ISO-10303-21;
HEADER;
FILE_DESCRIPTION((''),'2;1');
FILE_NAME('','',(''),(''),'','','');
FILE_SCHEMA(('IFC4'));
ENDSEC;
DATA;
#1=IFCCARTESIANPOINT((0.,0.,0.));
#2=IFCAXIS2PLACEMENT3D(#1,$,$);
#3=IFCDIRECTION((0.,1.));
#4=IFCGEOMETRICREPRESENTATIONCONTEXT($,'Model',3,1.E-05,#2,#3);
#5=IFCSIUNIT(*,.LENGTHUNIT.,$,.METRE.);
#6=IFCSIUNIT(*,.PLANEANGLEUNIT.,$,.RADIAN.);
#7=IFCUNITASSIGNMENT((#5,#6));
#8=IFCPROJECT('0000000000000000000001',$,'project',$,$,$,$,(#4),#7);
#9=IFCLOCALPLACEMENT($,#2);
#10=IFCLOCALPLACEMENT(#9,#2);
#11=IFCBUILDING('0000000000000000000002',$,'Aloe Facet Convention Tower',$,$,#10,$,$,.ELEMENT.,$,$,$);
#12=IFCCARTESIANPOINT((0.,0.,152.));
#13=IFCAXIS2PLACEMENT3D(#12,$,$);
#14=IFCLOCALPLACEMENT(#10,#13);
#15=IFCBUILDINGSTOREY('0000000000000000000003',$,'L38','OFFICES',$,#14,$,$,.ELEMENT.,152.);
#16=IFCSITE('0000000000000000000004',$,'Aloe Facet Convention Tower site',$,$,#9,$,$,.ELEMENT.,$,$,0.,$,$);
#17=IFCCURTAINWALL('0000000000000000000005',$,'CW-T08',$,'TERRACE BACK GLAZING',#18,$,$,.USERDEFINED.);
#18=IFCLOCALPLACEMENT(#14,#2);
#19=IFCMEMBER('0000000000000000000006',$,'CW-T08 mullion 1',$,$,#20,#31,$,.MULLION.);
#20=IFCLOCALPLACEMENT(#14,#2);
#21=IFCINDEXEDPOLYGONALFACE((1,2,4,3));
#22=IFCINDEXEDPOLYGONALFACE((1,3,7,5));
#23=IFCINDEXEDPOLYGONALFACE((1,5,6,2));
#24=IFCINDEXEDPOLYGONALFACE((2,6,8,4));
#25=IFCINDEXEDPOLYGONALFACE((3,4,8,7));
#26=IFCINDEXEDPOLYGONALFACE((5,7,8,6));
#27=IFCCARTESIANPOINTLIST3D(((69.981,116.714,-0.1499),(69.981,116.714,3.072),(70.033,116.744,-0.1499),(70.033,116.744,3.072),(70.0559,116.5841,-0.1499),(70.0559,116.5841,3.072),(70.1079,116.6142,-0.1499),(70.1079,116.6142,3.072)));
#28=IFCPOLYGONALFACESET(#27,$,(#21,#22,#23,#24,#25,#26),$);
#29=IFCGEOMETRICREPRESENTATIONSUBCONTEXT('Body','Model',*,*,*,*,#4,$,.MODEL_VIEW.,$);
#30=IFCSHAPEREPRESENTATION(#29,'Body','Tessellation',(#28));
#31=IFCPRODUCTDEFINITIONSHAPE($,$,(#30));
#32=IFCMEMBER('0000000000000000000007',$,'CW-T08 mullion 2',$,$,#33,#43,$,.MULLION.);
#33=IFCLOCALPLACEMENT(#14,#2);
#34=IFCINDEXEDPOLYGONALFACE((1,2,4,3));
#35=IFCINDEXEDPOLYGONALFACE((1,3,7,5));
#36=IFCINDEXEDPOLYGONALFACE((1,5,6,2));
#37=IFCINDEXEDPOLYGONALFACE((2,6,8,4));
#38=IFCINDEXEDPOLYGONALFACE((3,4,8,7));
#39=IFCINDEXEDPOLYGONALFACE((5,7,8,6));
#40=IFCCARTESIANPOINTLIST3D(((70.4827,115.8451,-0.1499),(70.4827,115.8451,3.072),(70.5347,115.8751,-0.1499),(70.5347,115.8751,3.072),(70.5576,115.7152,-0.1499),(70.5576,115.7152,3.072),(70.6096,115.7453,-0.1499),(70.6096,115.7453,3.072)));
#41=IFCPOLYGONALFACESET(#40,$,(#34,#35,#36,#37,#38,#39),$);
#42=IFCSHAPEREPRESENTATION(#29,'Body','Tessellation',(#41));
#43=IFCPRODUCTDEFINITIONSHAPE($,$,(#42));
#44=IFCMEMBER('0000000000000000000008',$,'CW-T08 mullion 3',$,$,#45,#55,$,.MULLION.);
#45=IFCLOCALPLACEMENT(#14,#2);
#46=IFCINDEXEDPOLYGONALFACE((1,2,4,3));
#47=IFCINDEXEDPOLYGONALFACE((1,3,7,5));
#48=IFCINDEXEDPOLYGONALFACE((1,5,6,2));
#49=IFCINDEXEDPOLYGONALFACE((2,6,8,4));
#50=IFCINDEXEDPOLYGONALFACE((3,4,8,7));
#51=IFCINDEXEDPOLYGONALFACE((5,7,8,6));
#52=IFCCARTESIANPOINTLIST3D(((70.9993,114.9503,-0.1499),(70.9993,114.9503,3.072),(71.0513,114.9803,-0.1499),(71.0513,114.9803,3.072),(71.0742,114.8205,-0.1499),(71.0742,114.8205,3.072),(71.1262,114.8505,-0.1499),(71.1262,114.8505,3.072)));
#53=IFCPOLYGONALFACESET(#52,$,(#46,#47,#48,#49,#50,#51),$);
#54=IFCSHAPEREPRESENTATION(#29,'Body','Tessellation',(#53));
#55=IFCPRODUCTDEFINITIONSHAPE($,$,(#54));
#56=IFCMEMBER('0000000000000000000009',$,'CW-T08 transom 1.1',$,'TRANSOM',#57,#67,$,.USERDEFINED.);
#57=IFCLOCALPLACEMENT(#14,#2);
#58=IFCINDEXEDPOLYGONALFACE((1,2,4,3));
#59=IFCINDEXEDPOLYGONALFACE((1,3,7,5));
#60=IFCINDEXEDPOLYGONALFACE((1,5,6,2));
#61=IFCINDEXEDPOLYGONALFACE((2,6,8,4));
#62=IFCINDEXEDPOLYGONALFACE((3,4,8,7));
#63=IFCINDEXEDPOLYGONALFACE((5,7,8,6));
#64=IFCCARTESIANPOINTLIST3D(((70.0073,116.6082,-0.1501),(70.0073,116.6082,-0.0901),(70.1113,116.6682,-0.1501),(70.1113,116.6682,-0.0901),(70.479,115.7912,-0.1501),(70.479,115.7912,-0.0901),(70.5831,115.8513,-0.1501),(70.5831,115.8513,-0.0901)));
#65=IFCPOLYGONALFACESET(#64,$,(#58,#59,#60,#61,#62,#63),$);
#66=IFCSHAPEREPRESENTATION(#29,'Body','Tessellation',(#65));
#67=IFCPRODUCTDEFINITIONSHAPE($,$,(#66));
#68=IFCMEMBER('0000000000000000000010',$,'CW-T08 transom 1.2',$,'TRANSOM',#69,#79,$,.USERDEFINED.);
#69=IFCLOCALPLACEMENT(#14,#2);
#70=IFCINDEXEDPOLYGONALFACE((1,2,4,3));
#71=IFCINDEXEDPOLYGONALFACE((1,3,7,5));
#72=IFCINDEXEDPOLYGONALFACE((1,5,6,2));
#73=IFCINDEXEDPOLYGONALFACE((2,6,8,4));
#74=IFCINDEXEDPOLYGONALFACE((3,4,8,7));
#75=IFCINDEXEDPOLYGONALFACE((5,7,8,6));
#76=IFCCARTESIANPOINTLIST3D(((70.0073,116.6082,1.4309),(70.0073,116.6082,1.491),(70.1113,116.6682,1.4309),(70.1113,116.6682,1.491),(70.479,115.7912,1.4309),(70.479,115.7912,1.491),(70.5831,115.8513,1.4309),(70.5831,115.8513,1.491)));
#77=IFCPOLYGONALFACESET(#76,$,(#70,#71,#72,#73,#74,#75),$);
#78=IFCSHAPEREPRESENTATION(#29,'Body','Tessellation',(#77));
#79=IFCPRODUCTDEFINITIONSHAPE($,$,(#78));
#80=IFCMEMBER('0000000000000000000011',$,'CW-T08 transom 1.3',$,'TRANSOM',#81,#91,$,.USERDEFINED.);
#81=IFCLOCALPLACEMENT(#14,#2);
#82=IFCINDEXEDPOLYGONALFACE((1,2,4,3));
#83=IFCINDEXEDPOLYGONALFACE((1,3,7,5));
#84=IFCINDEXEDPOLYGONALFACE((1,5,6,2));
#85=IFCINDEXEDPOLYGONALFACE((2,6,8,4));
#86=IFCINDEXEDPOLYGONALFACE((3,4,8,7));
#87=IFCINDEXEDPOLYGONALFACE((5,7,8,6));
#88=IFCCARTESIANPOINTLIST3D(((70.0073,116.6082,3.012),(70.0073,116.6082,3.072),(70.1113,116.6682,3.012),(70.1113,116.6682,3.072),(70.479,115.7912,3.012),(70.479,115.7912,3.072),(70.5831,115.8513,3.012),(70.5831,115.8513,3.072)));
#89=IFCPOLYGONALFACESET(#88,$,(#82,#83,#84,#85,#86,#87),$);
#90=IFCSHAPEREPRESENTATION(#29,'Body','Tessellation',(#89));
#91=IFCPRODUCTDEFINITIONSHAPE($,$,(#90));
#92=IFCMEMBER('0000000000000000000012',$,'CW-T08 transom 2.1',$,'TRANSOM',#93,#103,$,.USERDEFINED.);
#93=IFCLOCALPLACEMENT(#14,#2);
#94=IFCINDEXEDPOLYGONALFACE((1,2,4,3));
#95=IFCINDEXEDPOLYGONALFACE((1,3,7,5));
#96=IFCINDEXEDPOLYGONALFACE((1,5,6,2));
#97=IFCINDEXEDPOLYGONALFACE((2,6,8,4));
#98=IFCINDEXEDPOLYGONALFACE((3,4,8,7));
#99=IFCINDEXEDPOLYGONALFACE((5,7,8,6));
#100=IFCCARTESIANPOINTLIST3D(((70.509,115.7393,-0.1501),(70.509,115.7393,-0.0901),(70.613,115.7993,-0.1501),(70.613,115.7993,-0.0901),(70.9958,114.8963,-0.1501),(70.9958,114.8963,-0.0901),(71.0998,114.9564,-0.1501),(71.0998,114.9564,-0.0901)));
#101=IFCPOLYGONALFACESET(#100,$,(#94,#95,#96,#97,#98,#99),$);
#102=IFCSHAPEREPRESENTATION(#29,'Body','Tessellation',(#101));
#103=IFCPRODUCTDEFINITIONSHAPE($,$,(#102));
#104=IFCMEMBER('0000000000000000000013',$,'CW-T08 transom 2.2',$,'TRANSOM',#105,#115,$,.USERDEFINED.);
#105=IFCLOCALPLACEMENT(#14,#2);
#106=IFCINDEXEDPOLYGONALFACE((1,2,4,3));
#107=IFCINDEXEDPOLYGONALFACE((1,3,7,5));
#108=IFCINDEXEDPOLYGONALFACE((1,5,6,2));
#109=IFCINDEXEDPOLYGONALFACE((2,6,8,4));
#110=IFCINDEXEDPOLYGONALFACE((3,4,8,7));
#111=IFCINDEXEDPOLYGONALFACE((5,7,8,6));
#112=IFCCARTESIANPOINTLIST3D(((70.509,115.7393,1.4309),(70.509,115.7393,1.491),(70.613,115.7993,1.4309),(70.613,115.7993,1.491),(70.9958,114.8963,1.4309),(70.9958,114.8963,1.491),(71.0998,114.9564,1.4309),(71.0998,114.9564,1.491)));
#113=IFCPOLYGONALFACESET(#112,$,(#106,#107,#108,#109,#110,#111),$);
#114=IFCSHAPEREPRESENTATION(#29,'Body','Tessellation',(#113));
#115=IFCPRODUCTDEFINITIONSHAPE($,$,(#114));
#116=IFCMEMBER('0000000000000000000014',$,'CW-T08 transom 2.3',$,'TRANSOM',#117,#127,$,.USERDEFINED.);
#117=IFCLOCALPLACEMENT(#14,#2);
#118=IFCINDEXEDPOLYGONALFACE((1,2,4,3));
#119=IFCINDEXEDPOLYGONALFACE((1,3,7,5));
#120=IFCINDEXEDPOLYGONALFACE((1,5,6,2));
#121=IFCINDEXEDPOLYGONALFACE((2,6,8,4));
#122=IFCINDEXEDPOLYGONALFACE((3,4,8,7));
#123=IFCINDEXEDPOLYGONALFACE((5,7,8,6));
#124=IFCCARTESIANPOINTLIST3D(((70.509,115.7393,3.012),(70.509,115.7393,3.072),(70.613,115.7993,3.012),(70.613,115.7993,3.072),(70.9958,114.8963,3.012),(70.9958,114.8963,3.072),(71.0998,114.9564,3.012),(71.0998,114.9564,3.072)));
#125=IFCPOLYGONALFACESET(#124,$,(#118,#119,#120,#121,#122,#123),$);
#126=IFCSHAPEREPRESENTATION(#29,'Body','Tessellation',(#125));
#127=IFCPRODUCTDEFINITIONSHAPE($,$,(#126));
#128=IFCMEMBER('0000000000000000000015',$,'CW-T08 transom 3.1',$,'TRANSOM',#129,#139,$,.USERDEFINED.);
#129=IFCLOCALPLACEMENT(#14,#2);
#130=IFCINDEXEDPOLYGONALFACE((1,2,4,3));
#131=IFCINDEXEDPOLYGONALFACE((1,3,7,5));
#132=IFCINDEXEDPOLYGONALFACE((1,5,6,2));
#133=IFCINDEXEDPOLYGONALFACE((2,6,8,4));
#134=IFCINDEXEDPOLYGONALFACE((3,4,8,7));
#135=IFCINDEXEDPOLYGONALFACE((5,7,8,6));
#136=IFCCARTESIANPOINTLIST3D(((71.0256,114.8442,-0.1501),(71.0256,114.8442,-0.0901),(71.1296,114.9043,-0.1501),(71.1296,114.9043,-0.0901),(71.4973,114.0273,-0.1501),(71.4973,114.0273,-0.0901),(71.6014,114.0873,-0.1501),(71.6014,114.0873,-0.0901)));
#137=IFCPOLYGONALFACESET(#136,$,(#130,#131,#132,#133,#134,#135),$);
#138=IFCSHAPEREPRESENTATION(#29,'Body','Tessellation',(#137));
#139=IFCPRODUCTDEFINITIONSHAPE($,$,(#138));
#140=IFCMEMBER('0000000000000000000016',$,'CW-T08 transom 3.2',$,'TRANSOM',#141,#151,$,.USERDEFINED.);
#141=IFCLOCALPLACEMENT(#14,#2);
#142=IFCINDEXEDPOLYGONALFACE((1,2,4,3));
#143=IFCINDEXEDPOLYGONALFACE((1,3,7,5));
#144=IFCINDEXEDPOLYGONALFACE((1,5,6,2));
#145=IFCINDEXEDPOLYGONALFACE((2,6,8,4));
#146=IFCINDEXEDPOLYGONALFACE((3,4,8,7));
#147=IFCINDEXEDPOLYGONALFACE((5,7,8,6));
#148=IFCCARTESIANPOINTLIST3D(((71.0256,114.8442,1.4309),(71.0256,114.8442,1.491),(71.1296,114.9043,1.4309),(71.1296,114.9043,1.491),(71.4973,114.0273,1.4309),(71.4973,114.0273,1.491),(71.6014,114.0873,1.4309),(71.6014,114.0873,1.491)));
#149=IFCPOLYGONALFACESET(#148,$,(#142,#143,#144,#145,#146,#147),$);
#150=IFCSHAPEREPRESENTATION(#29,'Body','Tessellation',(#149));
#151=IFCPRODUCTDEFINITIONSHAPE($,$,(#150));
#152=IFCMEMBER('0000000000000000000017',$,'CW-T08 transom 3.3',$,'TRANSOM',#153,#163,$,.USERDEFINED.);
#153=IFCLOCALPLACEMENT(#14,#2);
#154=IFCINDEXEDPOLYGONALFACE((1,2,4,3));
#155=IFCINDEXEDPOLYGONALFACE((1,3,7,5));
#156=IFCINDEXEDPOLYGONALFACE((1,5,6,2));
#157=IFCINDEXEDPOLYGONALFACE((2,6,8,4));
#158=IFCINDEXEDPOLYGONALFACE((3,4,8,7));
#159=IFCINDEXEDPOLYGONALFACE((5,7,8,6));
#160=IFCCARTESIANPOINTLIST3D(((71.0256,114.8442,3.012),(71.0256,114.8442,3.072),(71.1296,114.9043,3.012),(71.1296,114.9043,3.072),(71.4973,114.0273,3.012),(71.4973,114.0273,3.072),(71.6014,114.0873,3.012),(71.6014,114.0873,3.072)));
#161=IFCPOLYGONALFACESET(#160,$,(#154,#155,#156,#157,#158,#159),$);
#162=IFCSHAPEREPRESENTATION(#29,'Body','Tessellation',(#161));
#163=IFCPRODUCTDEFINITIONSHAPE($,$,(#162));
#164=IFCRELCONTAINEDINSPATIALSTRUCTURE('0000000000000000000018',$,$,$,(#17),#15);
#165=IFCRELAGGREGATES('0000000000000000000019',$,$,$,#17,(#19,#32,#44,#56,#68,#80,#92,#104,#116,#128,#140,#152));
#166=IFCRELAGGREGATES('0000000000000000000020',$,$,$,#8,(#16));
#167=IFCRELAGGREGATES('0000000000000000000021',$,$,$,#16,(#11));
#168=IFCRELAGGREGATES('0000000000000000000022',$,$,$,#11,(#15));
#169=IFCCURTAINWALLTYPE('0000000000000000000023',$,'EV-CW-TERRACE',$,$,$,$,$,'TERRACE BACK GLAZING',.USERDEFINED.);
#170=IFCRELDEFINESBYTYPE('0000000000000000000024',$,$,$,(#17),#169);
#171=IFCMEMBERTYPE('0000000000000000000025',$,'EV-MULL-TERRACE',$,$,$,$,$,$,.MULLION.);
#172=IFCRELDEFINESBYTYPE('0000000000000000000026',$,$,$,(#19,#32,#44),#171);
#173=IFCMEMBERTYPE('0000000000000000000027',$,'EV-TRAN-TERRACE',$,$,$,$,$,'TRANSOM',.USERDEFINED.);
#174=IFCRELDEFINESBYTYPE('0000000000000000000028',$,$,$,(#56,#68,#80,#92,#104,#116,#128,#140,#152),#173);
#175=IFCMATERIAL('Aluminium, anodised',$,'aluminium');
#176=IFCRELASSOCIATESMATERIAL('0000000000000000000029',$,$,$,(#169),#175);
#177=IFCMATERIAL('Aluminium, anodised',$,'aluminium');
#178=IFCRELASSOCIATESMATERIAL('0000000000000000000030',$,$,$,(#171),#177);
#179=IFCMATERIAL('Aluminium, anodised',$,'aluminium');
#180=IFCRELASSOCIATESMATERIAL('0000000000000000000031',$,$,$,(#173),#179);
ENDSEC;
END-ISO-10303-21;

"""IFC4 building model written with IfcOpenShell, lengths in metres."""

from ifc_helpers import new_model, si_unit, direction, frame, origin, origin_2d, place, context, subcontext, project, spatial, rectangle, extrude, material, material_profile, profile_set, type_object, element, aggregate, save


model = new_model("IFC4")

# Units and contexts
model_context = context("Model", 3, precision=1e-05, world=origin(), true_north=direction((0.0, 1.0)))
body_context = subcontext(model_context, "Body", "Model", "MODEL_VIEW")
ifc_project = project(units=[si_unit("LENGTHUNIT", "METRE"), si_unit("PLANEANGLEUNIT", "RADIAN")], contexts=[model_context])

# Site, building, storey
site_placement = place(None, origin())
site = spatial("IfcSite", under=ifc_project, at=site_placement, Name="Aloe Facet Convention Tower site", CompositionType="ELEMENT", RefElevation=0.0)
building_placement = place(site_placement, origin())
building = spatial("IfcBuilding", under=site, at=building_placement, Name="Aloe Facet Convention Tower", CompositionType="ELEMENT")
storey_placement = place(building_placement, frame((0.0, 0.0, 152.0)))
storey = spatial("IfcBuildingStorey", under=building, at=storey_placement, Name="L38", Description="OFFICES", CompositionType="ELEMENT", Elevation=152.0)

# Curtain wall, members
ifc_material_1 = material(Name="Aluminium, anodised", Category="aluminium")
curtain_wall_type = type_object("IfcCurtainWallType", Name="EV-CW-TERRACE", ElementType="TERRACE BACK GLAZING", PredefinedType="USERDEFINED", material=ifc_material_1)
curtain_wall_placement = place(storey_placement, origin())
curtain_wall = element("IfcCurtainWall", 1, at=curtain_wall_placement, inside=storey, type_object=curtain_wall_type, Name="CW-T08", ObjectType="TERRACE BACK GLAZING", PredefinedType="USERDEFINED")
ifc_material_2 = material(Name="Aluminium, anodised", Category="aluminium")
ifc_material_profile_1 = material_profile(ifc_material_2, rectangle(XDim=0.0601, YDim=0.1499, at=origin_2d()), Name="AL 60x150")
ifc_profile_set_1 = profile_set([ifc_material_profile_1], Name="Aluminium, anodised")
member_type_1 = type_object("IfcMemberType", Name="EV-MULL-TERRACE", PredefinedType="MULLION", material=ifc_profile_set_1)
member_1_placement = place(storey_placement, frame((70.0444, 116.6641, -0.1499), z_axis=(0.0, 0.0, 1.0), x_axis=(0.866025, 0.5, 0.0)))
member_1 = element("IfcMember", 2, at=member_1_placement, type_object=member_type_1, Name="CW-T08 mullion 1", PredefinedType="MULLION", context=body_context, shape_type="SweptSolid", body=[
    extrude(rectangle(XDim=0.0601, YDim=0.1499, at=origin_2d()), origin(), (0.0, 0.0, 1.0), 3.2219),
])
member_2_placement = place(storey_placement, frame((70.5461, 115.7952, -0.1499), z_axis=(0.0, 0.0, 1.0), x_axis=(0.866025, 0.5, 0.0)))
member_2 = element("IfcMember", 3, at=member_2_placement, type_object=member_type_1, Name="CW-T08 mullion 2", PredefinedType="MULLION", context=body_context, shape_type="SweptSolid", body=[
    extrude(rectangle(XDim=0.0601, YDim=0.1499, at=origin_2d()), origin(), (0.0, 0.0, 1.0), 3.2219),
])
member_3_placement = place(storey_placement, frame((71.0627, 114.9004, -0.1499), z_axis=(0.0, 0.0, 1.0), x_axis=(0.866025, 0.5, 0.0)))
member_3 = element("IfcMember", 4, at=member_3_placement, type_object=member_type_1, Name="CW-T08 mullion 3", PredefinedType="MULLION", context=body_context, shape_type="SweptSolid", body=[
    extrude(rectangle(XDim=0.0601, YDim=0.1499, at=origin_2d()), origin(), (0.0, 0.0, 1.0), 3.2219),
])
ifc_material_3 = material(Name="Aluminium, anodised", Category="aluminium")
ifc_material_profile_2 = material_profile(ifc_material_3, rectangle(XDim=0.1201, YDim=0.0601, at=origin_2d()), Name="AL 120x60")
ifc_profile_set_2 = profile_set([ifc_material_profile_2], Name="Aluminium, anodised")
member_type_2 = type_object("IfcMemberType", Name="EV-TRAN-TERRACE", ElementType="TRANSOM", PredefinedType="USERDEFINED", material=ifc_profile_set_2)
member_4_placement = place(storey_placement, frame((70.0593, 116.6382, -0.1201), z_axis=(0.500036, -0.866005, 0.0), x_axis=(0.866005, 0.500036, 0.0)))
member_4 = element("IfcMember", 5, at=member_4_placement, type_object=member_type_2, Name="CW-T08 transom 1.1", ObjectType="TRANSOM", PredefinedType="USERDEFINED", context=body_context, shape_type="SweptSolid", body=[
    extrude(rectangle(XDim=0.1201, YDim=0.0601, at=origin_2d()), origin(), (0.0, 0.0, 1.0), 0.9434),
])
member_5_placement = place(storey_placement, frame((70.0593, 116.6382, 1.4609), z_axis=(0.500036, -0.866005, 0.0), x_axis=(0.866005, 0.500036, 0.0)))
member_5 = element("IfcMember", 6, at=member_5_placement, type_object=member_type_2, Name="CW-T08 transom 1.2", ObjectType="TRANSOM", PredefinedType="USERDEFINED", context=body_context, shape_type="SweptSolid", body=[
    extrude(rectangle(XDim=0.1201, YDim=0.0601, at=origin_2d()), origin(), (0.0, 0.0, 1.0), 0.9434),
])
member_6_placement = place(storey_placement, frame((70.0593, 116.6382, 3.042), z_axis=(0.500036, -0.866005, 0.0), x_axis=(0.866005, 0.500036, 0.0)))
member_6 = element("IfcMember", 7, at=member_6_placement, type_object=member_type_2, Name="CW-T08 transom 1.3", ObjectType="TRANSOM", PredefinedType="USERDEFINED", context=body_context, shape_type="SweptSolid", body=[
    extrude(rectangle(XDim=0.1201, YDim=0.0601, at=origin_2d()), origin(), (0.0, 0.0, 1.0), 0.9434),
])
member_7_placement = place(storey_placement, frame((70.561, 115.7693, -0.1201), z_axis=(0.500077, -0.865981, 0.0), x_axis=(0.865981, 0.500077, 0.0)))
member_7 = element("IfcMember", 8, at=member_7_placement, type_object=member_type_2, Name="CW-T08 transom 2.1", ObjectType="TRANSOM", PredefinedType="USERDEFINED", context=body_context, shape_type="SweptSolid", body=[
    extrude(rectangle(XDim=0.1201, YDim=0.0601, at=origin_2d()), origin(), (0.0, 0.0, 1.0), 0.9734),
])
member_8_placement = place(storey_placement, frame((70.561, 115.7693, 1.4609), z_axis=(0.500077, -0.865981, 0.0), x_axis=(0.865981, 0.500077, 0.0)))
member_8 = element("IfcMember", 9, at=member_8_placement, type_object=member_type_2, Name="CW-T08 transom 2.2", ObjectType="TRANSOM", PredefinedType="USERDEFINED", context=body_context, shape_type="SweptSolid", body=[
    extrude(rectangle(XDim=0.1201, YDim=0.0601, at=origin_2d()), origin(), (0.0, 0.0, 1.0), 0.9734),
])
member_9_placement = place(storey_placement, frame((70.561, 115.7693, 3.042), z_axis=(0.500077, -0.865981, 0.0), x_axis=(0.865981, 0.500077, 0.0)))
member_9 = element("IfcMember", 10, at=member_9_placement, type_object=member_type_2, Name="CW-T08 transom 2.3", ObjectType="TRANSOM", PredefinedType="USERDEFINED", context=body_context, shape_type="SweptSolid", body=[
    extrude(rectangle(XDim=0.1201, YDim=0.0601, at=origin_2d()), origin(), (0.0, 0.0, 1.0), 0.9734),
])
member_10_placement = place(storey_placement, frame((71.0776, 114.8743, -0.1201), z_axis=(0.500036, -0.866005, 0.0), x_axis=(0.866005, 0.500036, 0.0)))
member_10 = element("IfcMember", 11, at=member_10_placement, type_object=member_type_2, Name="CW-T08 transom 3.1", ObjectType="TRANSOM", PredefinedType="USERDEFINED", context=body_context, shape_type="SweptSolid", body=[
    extrude(rectangle(XDim=0.1201, YDim=0.0601, at=origin_2d()), origin(), (0.0, 0.0, 1.0), 0.9434),
])
member_11_placement = place(storey_placement, frame((71.0776, 114.8743, 1.4609), z_axis=(0.500036, -0.866005, 0.0), x_axis=(0.866005, 0.500036, 0.0)))
member_11 = element("IfcMember", 12, at=member_11_placement, type_object=member_type_2, Name="CW-T08 transom 3.2", ObjectType="TRANSOM", PredefinedType="USERDEFINED", context=body_context, shape_type="SweptSolid", body=[
    extrude(rectangle(XDim=0.1201, YDim=0.0601, at=origin_2d()), origin(), (0.0, 0.0, 1.0), 0.9434),
])
member_12_placement = place(storey_placement, frame((71.0776, 114.8743, 3.042), z_axis=(0.500036, -0.866005, 0.0), x_axis=(0.866005, 0.500036, 0.0)))
member_12 = element("IfcMember", 13, at=member_12_placement, type_object=member_type_2, Name="CW-T08 transom 3.3", ObjectType="TRANSOM", PredefinedType="USERDEFINED", context=body_context, shape_type="SweptSolid", body=[
    extrude(rectangle(XDim=0.1201, YDim=0.0601, at=origin_2d()), origin(), (0.0, 0.0, 1.0), 0.9434),
])

aggregate(curtain_wall, [member_1, member_2, member_3, member_4, member_5, member_6, member_7, member_8, member_9, member_10, member_11, member_12])

save(model, "model.ifc")
